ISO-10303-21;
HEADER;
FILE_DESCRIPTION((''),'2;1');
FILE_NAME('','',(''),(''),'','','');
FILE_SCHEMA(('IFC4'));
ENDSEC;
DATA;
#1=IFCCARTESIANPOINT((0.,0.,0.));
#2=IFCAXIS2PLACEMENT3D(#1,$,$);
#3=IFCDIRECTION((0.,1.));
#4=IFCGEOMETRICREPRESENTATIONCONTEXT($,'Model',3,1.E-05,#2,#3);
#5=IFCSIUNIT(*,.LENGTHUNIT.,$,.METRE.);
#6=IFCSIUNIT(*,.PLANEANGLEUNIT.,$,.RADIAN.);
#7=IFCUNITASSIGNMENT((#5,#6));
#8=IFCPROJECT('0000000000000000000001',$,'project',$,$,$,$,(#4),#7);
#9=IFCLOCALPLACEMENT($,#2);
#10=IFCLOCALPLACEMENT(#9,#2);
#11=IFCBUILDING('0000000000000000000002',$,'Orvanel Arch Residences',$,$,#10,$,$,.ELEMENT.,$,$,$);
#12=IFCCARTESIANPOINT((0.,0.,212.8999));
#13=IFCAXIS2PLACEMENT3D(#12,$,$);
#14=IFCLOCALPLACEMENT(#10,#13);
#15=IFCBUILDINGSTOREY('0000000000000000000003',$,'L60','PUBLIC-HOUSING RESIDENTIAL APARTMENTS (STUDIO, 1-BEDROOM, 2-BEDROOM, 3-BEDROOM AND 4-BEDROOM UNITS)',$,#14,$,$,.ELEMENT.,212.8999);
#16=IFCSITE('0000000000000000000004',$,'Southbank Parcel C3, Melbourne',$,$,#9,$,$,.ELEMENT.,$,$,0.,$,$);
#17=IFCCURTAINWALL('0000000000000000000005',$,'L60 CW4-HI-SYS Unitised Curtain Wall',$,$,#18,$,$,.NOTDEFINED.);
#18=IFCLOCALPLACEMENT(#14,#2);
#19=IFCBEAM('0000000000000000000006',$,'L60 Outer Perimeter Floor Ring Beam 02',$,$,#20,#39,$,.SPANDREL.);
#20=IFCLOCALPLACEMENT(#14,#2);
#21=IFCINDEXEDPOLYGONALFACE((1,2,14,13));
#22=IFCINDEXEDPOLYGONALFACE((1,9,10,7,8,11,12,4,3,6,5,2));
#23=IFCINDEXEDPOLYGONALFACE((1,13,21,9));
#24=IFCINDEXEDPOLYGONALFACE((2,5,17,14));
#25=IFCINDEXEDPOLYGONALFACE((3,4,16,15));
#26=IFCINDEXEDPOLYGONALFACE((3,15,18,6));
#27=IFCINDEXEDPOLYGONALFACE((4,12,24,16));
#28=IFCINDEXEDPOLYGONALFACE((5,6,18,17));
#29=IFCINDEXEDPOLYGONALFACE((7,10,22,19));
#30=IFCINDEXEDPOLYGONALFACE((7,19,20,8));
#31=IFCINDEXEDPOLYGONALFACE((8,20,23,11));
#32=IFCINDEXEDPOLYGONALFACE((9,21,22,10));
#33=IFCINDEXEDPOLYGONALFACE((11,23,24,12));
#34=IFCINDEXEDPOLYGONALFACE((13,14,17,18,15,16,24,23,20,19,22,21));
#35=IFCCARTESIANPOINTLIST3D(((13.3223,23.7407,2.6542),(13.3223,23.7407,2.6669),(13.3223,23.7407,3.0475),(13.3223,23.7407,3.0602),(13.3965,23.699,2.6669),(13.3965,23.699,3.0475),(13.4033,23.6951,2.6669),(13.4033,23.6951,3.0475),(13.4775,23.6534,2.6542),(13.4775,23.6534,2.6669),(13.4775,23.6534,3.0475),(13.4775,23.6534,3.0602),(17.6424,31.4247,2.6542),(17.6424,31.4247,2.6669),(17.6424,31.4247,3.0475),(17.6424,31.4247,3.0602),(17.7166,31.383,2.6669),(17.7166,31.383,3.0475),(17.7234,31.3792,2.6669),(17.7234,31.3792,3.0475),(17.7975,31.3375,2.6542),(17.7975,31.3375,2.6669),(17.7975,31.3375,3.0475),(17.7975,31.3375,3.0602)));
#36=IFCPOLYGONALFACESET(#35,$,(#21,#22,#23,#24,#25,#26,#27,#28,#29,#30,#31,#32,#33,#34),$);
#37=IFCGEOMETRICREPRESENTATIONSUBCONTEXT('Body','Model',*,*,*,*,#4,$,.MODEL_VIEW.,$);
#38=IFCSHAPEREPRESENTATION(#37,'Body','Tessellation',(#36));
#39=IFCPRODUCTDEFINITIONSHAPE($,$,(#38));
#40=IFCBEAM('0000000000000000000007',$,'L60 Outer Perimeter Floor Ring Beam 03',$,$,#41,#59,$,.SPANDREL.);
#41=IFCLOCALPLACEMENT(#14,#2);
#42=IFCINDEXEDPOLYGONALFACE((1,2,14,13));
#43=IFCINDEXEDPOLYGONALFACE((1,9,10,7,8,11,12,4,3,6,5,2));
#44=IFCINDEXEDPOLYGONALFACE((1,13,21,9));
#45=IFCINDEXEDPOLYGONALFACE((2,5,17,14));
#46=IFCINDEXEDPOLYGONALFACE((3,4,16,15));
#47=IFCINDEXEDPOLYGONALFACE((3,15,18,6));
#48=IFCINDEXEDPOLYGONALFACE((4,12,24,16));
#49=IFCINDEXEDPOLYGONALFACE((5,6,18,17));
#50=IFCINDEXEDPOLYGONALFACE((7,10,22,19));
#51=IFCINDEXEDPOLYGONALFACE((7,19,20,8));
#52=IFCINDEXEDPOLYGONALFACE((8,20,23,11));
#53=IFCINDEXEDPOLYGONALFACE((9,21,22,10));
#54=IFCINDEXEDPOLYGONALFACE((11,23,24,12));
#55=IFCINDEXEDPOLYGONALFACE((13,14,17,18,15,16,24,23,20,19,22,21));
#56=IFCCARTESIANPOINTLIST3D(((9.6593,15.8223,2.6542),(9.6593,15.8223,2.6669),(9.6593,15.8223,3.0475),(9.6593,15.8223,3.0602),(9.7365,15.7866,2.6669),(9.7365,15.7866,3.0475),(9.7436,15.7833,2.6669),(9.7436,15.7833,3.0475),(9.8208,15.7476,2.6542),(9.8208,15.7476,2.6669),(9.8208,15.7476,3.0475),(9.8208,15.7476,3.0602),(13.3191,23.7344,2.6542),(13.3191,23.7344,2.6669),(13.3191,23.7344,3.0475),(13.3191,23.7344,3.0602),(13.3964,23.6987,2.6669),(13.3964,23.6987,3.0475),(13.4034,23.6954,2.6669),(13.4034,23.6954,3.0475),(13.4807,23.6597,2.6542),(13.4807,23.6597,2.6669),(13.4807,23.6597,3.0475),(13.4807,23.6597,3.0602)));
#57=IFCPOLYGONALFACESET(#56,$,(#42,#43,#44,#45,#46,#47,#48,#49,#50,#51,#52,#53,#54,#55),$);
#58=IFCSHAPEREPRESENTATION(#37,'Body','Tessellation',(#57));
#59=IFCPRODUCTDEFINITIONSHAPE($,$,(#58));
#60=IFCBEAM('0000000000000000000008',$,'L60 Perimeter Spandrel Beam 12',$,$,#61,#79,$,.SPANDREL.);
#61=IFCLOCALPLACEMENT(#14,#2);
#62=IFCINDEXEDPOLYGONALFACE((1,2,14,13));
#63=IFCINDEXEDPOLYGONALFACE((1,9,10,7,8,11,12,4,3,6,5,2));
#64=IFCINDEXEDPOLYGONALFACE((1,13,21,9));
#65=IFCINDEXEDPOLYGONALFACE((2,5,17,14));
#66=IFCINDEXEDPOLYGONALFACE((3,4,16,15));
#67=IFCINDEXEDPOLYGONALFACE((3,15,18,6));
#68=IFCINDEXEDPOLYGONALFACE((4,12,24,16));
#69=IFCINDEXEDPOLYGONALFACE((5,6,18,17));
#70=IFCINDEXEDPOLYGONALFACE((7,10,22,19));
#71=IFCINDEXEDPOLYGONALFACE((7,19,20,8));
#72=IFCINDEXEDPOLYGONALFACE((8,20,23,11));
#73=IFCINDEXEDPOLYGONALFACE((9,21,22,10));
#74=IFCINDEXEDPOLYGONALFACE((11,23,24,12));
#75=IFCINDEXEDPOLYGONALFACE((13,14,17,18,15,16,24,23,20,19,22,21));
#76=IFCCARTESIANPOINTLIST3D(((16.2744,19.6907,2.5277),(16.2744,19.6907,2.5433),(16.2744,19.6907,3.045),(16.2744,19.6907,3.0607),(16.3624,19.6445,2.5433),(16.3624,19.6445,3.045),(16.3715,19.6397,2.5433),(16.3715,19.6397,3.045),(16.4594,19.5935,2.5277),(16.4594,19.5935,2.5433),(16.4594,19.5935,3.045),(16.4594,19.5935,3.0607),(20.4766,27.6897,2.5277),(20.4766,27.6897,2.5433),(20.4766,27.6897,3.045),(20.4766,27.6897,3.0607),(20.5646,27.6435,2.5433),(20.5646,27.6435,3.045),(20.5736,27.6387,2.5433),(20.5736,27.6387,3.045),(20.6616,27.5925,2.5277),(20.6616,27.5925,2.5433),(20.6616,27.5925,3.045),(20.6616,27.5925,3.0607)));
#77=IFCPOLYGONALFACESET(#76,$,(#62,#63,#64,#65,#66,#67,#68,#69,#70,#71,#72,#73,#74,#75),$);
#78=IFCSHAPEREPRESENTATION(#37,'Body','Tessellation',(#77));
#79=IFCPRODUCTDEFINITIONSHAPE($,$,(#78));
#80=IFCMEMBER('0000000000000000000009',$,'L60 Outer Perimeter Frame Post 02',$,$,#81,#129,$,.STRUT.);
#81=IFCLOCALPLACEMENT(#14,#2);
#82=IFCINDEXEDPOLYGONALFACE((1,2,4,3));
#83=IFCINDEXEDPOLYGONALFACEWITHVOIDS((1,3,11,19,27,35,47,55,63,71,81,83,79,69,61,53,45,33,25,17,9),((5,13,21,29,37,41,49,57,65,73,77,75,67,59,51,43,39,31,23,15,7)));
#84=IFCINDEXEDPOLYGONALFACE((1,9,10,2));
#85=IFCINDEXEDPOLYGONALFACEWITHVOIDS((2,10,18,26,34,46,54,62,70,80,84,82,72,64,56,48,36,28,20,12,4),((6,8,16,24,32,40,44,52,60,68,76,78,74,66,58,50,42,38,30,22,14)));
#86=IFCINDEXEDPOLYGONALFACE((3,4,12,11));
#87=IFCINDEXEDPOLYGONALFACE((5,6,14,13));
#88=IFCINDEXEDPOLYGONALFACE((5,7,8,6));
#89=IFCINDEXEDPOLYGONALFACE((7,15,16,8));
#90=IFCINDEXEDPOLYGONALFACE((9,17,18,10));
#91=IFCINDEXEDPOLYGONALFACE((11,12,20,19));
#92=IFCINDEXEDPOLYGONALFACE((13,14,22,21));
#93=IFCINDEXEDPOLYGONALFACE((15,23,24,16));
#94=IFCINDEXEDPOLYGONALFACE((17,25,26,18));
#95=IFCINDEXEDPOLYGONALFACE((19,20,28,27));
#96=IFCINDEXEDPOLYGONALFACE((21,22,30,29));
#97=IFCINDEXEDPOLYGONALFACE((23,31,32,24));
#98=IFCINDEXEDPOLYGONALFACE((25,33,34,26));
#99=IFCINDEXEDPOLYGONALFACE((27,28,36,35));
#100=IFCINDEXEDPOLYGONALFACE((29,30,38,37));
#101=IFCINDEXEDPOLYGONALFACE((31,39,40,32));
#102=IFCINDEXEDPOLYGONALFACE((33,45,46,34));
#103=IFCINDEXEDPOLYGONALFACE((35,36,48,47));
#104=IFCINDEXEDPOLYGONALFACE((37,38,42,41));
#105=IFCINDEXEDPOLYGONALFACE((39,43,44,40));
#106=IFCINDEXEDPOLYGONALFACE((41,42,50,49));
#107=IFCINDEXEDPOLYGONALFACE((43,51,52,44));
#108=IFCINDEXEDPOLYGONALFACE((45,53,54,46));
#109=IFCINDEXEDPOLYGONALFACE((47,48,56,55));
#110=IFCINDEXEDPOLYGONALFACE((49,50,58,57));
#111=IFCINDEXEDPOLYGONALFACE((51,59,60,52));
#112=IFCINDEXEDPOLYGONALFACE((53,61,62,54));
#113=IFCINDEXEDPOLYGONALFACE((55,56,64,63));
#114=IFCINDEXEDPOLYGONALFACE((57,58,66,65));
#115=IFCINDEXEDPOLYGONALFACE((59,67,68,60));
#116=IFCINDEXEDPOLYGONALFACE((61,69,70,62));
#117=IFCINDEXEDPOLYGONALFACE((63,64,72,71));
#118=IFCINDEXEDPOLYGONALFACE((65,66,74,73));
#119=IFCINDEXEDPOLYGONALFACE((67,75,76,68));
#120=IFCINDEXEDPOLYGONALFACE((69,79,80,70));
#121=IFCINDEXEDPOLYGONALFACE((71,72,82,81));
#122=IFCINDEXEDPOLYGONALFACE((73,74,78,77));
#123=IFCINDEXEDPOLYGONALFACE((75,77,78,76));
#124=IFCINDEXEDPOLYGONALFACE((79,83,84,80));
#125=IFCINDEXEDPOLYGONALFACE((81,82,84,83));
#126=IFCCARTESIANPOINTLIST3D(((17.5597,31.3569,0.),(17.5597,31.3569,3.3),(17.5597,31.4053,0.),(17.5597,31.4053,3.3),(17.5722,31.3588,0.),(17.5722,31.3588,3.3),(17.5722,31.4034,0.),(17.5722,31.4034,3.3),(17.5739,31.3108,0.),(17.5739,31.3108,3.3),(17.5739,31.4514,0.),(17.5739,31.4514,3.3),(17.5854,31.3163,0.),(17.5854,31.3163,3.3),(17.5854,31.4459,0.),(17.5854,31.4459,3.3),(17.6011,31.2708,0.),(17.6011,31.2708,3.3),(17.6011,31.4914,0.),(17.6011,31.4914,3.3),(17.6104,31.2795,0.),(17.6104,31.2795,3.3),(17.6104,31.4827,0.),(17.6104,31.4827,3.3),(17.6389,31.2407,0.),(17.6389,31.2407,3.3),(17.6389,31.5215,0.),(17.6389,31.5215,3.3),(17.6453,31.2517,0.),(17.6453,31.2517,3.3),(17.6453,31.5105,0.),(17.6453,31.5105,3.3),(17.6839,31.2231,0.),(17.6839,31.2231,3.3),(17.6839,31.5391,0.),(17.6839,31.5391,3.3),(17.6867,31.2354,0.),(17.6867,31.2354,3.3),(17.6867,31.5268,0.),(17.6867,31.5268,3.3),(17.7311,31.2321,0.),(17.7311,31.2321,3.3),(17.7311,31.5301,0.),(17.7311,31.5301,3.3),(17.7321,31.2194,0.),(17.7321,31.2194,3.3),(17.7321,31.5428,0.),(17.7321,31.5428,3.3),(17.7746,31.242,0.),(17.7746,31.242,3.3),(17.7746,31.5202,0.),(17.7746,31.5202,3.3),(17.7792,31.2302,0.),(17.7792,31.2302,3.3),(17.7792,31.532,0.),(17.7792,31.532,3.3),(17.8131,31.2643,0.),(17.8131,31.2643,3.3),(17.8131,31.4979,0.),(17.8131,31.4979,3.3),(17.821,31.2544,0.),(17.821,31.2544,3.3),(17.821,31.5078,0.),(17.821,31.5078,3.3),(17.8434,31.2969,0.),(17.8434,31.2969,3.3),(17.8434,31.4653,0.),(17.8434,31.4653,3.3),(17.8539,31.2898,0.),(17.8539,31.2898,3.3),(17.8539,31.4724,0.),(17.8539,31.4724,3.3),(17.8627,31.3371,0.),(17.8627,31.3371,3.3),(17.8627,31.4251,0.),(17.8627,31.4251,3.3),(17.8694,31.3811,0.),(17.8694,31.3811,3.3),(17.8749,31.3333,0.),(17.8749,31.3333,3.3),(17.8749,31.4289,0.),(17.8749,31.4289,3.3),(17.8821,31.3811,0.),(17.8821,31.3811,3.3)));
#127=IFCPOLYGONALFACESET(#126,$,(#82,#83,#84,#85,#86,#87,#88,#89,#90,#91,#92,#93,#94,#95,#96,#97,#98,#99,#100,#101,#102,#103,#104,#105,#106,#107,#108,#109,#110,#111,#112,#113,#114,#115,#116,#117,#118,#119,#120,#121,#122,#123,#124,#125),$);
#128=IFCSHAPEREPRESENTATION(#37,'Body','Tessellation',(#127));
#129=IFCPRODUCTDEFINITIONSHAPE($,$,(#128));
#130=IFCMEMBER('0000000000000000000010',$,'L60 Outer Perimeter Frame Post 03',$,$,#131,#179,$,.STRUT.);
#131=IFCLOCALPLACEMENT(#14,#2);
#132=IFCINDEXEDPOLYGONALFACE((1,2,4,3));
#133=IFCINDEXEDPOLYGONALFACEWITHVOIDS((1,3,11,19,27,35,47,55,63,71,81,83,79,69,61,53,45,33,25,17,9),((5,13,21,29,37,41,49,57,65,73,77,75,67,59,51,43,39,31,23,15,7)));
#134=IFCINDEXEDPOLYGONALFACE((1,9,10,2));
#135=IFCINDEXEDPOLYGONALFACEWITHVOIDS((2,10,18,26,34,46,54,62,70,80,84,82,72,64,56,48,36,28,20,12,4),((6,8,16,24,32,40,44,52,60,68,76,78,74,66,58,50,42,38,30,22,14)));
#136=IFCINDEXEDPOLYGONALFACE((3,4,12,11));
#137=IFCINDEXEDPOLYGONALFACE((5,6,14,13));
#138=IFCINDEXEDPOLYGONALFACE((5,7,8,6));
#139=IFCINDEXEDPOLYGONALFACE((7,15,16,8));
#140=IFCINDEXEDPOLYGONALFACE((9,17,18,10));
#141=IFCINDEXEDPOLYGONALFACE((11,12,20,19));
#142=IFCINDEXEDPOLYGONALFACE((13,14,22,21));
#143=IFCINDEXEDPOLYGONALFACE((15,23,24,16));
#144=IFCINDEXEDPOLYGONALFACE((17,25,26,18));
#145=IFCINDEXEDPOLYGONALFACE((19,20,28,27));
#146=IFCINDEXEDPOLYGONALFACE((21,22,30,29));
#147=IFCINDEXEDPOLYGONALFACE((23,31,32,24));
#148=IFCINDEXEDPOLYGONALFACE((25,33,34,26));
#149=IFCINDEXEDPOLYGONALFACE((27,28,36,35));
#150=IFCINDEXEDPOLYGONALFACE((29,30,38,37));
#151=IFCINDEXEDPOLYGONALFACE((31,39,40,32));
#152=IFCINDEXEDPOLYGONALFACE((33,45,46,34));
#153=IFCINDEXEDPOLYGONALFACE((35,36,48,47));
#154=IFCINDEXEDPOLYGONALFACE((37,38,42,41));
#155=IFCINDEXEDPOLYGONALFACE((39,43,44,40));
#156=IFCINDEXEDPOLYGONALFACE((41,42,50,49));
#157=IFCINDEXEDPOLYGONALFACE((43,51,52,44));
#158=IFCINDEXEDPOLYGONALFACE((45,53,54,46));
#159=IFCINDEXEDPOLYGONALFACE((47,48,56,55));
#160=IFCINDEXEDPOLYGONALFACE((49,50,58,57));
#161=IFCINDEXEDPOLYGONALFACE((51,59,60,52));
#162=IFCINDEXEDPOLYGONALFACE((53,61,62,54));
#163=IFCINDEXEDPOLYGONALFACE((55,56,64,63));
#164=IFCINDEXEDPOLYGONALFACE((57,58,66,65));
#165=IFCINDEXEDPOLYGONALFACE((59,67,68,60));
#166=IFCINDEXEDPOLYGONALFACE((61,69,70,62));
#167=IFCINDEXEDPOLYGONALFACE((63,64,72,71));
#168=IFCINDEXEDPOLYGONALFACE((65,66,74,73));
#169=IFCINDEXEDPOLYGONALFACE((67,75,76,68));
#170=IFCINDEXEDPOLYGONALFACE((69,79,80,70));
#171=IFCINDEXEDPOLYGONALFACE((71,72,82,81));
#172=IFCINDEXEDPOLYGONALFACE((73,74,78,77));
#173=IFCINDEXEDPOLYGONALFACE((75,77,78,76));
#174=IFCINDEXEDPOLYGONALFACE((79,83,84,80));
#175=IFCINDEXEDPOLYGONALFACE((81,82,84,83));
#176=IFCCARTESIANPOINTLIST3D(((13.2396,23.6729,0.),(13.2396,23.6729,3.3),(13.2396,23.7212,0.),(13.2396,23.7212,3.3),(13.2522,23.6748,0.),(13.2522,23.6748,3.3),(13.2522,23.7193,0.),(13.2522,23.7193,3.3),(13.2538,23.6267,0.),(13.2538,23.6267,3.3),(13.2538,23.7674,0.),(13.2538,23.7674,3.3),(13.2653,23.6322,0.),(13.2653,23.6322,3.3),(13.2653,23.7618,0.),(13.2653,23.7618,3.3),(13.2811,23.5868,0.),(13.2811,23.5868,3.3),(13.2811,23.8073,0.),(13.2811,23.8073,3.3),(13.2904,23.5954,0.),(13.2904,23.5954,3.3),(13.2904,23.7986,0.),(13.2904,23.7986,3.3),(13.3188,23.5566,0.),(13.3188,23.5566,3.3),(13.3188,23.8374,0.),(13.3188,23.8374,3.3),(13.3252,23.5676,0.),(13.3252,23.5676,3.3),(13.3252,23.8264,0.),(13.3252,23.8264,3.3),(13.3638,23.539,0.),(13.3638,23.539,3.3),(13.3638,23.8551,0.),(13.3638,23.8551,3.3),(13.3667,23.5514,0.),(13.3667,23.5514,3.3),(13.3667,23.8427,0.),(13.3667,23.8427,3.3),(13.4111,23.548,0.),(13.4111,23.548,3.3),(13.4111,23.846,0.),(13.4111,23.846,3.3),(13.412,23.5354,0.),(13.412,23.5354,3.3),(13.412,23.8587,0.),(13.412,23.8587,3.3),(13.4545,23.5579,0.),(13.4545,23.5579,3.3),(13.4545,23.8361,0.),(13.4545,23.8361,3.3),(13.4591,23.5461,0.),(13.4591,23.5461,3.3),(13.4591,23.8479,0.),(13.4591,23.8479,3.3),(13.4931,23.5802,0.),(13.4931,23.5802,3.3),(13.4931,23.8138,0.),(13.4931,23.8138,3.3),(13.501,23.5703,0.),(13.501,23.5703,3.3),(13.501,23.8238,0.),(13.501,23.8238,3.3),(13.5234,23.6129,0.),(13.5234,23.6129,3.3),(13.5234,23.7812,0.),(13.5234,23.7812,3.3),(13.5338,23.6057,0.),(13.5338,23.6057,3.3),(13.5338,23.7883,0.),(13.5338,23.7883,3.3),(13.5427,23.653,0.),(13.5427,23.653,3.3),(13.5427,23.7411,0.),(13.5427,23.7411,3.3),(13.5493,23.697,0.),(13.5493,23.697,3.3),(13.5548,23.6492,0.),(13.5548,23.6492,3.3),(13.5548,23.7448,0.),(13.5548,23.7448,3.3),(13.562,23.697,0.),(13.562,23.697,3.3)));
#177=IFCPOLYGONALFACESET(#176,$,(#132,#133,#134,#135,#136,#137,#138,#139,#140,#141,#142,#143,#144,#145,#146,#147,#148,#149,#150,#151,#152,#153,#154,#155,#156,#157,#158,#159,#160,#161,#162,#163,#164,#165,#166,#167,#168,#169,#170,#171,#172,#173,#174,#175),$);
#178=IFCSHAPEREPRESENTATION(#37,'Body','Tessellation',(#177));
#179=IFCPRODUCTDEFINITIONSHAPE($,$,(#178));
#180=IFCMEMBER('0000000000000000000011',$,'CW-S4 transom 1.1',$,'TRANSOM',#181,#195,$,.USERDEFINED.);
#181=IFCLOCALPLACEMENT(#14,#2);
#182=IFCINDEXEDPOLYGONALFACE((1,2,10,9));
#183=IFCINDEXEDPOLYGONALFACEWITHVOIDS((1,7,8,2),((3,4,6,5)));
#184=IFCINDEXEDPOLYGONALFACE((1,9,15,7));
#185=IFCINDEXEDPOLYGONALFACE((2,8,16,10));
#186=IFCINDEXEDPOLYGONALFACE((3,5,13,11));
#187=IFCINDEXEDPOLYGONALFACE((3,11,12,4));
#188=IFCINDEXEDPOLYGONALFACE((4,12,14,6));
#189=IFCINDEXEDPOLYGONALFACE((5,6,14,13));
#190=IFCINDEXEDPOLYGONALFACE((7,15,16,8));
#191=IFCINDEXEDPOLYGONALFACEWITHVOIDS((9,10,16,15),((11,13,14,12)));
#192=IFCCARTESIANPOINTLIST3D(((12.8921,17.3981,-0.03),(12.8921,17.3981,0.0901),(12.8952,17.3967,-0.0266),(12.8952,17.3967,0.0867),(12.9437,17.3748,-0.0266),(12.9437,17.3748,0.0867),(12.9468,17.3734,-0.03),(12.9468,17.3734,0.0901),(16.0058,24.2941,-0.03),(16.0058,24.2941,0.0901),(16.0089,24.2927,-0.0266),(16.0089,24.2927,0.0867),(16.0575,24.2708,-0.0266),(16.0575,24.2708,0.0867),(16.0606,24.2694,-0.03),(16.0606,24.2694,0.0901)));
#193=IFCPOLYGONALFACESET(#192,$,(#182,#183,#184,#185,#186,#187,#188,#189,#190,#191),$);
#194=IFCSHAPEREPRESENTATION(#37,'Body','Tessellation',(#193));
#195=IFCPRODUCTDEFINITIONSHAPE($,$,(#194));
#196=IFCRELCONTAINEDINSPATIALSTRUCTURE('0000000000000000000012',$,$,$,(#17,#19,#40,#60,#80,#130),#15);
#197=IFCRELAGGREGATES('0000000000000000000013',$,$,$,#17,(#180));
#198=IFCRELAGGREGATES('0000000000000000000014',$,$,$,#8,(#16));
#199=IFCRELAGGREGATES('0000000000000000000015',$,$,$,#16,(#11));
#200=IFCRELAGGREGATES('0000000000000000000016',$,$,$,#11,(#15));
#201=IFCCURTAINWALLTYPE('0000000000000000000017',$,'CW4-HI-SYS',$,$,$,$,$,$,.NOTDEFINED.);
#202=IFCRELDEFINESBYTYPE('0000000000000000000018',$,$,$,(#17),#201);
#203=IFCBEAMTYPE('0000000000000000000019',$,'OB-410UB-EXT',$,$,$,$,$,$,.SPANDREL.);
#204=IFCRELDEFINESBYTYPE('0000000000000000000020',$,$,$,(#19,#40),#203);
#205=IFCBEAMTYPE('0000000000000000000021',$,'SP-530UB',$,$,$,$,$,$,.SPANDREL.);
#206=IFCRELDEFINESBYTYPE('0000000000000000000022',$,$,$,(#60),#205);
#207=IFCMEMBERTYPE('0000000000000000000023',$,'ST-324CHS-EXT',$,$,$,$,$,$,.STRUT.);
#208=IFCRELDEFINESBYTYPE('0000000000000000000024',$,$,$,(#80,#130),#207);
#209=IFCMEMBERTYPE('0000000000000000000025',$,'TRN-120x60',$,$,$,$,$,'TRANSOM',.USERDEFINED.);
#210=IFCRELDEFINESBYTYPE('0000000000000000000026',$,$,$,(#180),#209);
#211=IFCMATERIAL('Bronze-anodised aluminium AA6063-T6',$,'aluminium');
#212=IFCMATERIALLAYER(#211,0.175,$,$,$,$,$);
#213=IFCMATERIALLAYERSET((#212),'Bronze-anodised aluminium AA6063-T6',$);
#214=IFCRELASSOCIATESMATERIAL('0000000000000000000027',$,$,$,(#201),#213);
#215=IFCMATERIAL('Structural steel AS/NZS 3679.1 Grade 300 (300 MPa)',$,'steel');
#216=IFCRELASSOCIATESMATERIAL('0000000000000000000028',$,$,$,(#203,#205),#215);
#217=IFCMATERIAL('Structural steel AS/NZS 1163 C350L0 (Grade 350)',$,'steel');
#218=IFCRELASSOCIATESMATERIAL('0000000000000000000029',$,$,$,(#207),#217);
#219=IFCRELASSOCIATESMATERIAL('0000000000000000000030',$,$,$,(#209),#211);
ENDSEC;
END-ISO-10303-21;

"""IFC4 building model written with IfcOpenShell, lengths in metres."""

from ifc_helpers import new_model, si_unit, direction, frame, origin, origin_2d, place, context, subcontext, project, spatial, hollow_rectangle, hollow_circle, i_section, extrude, material, layer, layer_set, material_profile, profile_set, type_object, element, aggregate, save


model = new_model("IFC4")

# Units and contexts
model_context = context("Model", 3, precision=1e-05, world=origin(), true_north=direction((0.0, 1.0)))
body_context = subcontext(model_context, "Body", "Model", "MODEL_VIEW")
ifc_project = project(units=[si_unit("LENGTHUNIT", "METRE"), si_unit("PLANEANGLEUNIT", "RADIAN")], contexts=[model_context])

# Site, building, storey
site_placement = place(None, origin())
site = spatial("IfcSite", under=ifc_project, at=site_placement, Name="Southbank Parcel C3, Melbourne", CompositionType="ELEMENT", RefElevation=0.0)
building_placement = place(site_placement, origin())
building = spatial("IfcBuilding", under=site, at=building_placement, Name="Orvanel Arch Residences", CompositionType="ELEMENT")
storey_placement = place(building_placement, frame((0.0, 0.0, 212.8999)))
storey = spatial("IfcBuildingStorey", under=building, at=storey_placement, Name="L60", Description="PUBLIC-HOUSING RESIDENTIAL APARTMENTS (STUDIO, 1-BEDROOM, 2-BEDROOM, 3-BEDROOM AND 4-BEDROOM UNITS)", CompositionType="ELEMENT", Elevation=212.8999)

# Shared definitions
ifc_material_1 = material(Name="Structural steel AS/NZS 1163 C350L0 (Grade 350)", Category="steel")

# Shared definitions
ifc_material_2 = material(Name="Structural steel AS/NZS 3679.1 Grade 300 (300 MPa)", Category="steel")

# Curtain wall
ifc_material_3 = material(Name="Bronze-anodised aluminium AA6063-T6", Category="aluminium")
ifc_layer_1 = layer(ifc_material_3, 0.175)
ifc_layer_set_1 = layer_set([ifc_layer_1], Name="Bronze-anodised aluminium AA6063-T6")
curtain_wall_type = type_object("IfcCurtainWallType", Name="CW4-HI-SYS", PredefinedType="NOTDEFINED", material=ifc_layer_set_1)
curtain_wall_placement = place(storey_placement, origin())
curtain_wall = element("IfcCurtainWall", 1, at=curtain_wall_placement, inside=storey, type_object=curtain_wall_type, Name="L60 CW4-HI-SYS Unitised Curtain Wall", PredefinedType="NOTDEFINED")

# Beams
ifc_material_profile_1 = material_profile(ifc_material_2, i_section(OverallWidth=0.178, OverallDepth=0.406, WebThickness=0.0078, FlangeThickness=0.0127, at=origin_2d()), Name="410UB59.7")
ifc_profile_set_1 = profile_set([ifc_material_profile_1], Name="Structural steel AS/NZS 3679.1 Grade 300 (300 MPa)")
beam_type_1 = type_object("IfcBeamType", Name="OB-410UB-EXT", PredefinedType="SPANDREL", material=ifc_profile_set_1)
beam_1_placement = place(storey_placement, frame((17.72, 31.3811, 2.8572), z_axis=(-0.490069, -0.871684, 0.0), x_axis=(0.871684, -0.490069, 0.0)))
element("IfcBeam", 2, at=beam_1_placement, inside=storey, type_object=beam_type_1, Name="L60 Outer Perimeter Floor Ring Beam 02", PredefinedType="SPANDREL", context=body_context, shape_type="SweptSolid", body=[
    extrude(i_section(OverallWidth=0.178, OverallDepth=0.406, WebThickness=0.0078, FlangeThickness=0.0127, at=origin_2d()), origin(), (0.0, 0.0, 1.0), 8.8152),
])
beam_2_placement = place(storey_placement, frame((13.3999, 23.697, 2.8572), z_axis=(-0.419831, -0.907602, 0.0), x_axis=(0.907602, -0.419831, 0.0)))
element("IfcBeam", 3, at=beam_2_placement, inside=storey, type_object=beam_type_1, Name="L60 Outer Perimeter Floor Ring Beam 03", PredefinedType="SPANDREL", context=body_context, shape_type="SweptSolid", body=[
    extrude(i_section(OverallWidth=0.178, OverallDepth=0.406, WebThickness=0.0078, FlangeThickness=0.0127, at=origin_2d()), origin(), (0.0, 0.0, 1.0), 8.7175),
])
ifc_material_profile_2 = material_profile(ifc_material_2, i_section(OverallWidth=0.209, OverallDepth=0.533, WebThickness=0.0103, FlangeThickness=0.0156, at=origin_2d()), Name="530UB92.4")
ifc_profile_set_2 = profile_set([ifc_material_profile_2], Name="Structural steel AS/NZS 3679.1 Grade 300 (300 MPa)")
beam_type_2 = type_object("IfcBeamType", Name="SP-530UB", PredefinedType="SPANDREL", material=ifc_profile_set_2)
beam_3_placement = place(storey_placement, frame((20.5691, 27.6411, 2.7942), z_axis=(-0.465065, -0.885277, 0.0), x_axis=(0.885277, -0.465065, 0.0)))
element("IfcBeam", 4, at=beam_3_placement, inside=storey, type_object=beam_type_2, Name="L60 Perimeter Spandrel Beam 12", PredefinedType="SPANDREL", context=body_context, shape_type="SweptSolid", body=[
    extrude(i_section(OverallWidth=0.209, OverallDepth=0.533, WebThickness=0.0103, FlangeThickness=0.0156, at=origin_2d()), origin(), (0.0, 0.0, 1.0), 9.0356),
])

# Members
ifc_material_profile_3 = material_profile(ifc_material_1, hollow_circle(Radius=0.1621, WallThickness=0.0127, at=origin_2d()), Name="CHS324x12.7")
ifc_profile_set_3 = profile_set([ifc_material_profile_3], Name="Structural steel AS/NZS 1163 C350L0 (Grade 350)")
member_type_1 = type_object("IfcMemberType", Name="ST-324CHS-EXT", PredefinedType="STRUT", material=ifc_profile_set_3)
for number, where, z_axis, x_axis, name in (
    (5, (17.72, 31.3811, 0.0), (0.0, 0.0, 1.0), (1.0, 0.0, 0.0), "L60 Outer Perimeter Frame Post 02"),
    (6, (13.3999, 23.697, 0.0), (0.0, 0.0, 1.0), (1.0, 0.0, 0.0), "L60 Outer Perimeter Frame Post 03"),
):
    element("IfcMember", number, at=place(storey_placement, frame(where, z_axis=z_axis, x_axis=x_axis)), inside=storey, type_object=member_type_1, Name=name, PredefinedType="STRUT", context=body_context, shape_type="SweptSolid", body=[
        extrude(hollow_circle(Radius=0.1621, WallThickness=0.0127, at=origin_2d()), origin(), (0.0, 0.0, 1.0), 3.3),
    ])

# Member
ifc_material_profile_4 = material_profile(ifc_material_3, hollow_rectangle(XDim=0.0601, YDim=0.1201, WallThickness=0.0034, at=origin_2d()), Name="ALU120x60x3.5")
ifc_profile_set_4 = profile_set([ifc_material_profile_4], Name="Bronze-anodised aluminium AA6063-T6")
member_type_2 = type_object("IfcMemberType", Name="TRN-120x60", ElementType="TRANSOM", PredefinedType="USERDEFINED", material=ifc_profile_set_4)
member_1_placement = place(storey_placement, frame((16.0332, 24.2817, 0.03), z_axis=(-0.411526, -0.911398, 0.0), x_axis=(0.911398, -0.411526, 0.0)))
member_1 = element("IfcMember", 7, at=member_1_placement, type_object=member_type_2, Name="CW-S4 transom 1.1", ObjectType="TRANSOM", PredefinedType="USERDEFINED", context=body_context, shape_type="SweptSolid", body=[
    extrude(hollow_rectangle(XDim=0.0601, YDim=0.1201, WallThickness=0.0034, at=origin_2d()), origin(), (0.0, 0.0, 1.0), 7.5664),
])
aggregate(curtain_wall, [member_1])

save(model, "model.ifc")
